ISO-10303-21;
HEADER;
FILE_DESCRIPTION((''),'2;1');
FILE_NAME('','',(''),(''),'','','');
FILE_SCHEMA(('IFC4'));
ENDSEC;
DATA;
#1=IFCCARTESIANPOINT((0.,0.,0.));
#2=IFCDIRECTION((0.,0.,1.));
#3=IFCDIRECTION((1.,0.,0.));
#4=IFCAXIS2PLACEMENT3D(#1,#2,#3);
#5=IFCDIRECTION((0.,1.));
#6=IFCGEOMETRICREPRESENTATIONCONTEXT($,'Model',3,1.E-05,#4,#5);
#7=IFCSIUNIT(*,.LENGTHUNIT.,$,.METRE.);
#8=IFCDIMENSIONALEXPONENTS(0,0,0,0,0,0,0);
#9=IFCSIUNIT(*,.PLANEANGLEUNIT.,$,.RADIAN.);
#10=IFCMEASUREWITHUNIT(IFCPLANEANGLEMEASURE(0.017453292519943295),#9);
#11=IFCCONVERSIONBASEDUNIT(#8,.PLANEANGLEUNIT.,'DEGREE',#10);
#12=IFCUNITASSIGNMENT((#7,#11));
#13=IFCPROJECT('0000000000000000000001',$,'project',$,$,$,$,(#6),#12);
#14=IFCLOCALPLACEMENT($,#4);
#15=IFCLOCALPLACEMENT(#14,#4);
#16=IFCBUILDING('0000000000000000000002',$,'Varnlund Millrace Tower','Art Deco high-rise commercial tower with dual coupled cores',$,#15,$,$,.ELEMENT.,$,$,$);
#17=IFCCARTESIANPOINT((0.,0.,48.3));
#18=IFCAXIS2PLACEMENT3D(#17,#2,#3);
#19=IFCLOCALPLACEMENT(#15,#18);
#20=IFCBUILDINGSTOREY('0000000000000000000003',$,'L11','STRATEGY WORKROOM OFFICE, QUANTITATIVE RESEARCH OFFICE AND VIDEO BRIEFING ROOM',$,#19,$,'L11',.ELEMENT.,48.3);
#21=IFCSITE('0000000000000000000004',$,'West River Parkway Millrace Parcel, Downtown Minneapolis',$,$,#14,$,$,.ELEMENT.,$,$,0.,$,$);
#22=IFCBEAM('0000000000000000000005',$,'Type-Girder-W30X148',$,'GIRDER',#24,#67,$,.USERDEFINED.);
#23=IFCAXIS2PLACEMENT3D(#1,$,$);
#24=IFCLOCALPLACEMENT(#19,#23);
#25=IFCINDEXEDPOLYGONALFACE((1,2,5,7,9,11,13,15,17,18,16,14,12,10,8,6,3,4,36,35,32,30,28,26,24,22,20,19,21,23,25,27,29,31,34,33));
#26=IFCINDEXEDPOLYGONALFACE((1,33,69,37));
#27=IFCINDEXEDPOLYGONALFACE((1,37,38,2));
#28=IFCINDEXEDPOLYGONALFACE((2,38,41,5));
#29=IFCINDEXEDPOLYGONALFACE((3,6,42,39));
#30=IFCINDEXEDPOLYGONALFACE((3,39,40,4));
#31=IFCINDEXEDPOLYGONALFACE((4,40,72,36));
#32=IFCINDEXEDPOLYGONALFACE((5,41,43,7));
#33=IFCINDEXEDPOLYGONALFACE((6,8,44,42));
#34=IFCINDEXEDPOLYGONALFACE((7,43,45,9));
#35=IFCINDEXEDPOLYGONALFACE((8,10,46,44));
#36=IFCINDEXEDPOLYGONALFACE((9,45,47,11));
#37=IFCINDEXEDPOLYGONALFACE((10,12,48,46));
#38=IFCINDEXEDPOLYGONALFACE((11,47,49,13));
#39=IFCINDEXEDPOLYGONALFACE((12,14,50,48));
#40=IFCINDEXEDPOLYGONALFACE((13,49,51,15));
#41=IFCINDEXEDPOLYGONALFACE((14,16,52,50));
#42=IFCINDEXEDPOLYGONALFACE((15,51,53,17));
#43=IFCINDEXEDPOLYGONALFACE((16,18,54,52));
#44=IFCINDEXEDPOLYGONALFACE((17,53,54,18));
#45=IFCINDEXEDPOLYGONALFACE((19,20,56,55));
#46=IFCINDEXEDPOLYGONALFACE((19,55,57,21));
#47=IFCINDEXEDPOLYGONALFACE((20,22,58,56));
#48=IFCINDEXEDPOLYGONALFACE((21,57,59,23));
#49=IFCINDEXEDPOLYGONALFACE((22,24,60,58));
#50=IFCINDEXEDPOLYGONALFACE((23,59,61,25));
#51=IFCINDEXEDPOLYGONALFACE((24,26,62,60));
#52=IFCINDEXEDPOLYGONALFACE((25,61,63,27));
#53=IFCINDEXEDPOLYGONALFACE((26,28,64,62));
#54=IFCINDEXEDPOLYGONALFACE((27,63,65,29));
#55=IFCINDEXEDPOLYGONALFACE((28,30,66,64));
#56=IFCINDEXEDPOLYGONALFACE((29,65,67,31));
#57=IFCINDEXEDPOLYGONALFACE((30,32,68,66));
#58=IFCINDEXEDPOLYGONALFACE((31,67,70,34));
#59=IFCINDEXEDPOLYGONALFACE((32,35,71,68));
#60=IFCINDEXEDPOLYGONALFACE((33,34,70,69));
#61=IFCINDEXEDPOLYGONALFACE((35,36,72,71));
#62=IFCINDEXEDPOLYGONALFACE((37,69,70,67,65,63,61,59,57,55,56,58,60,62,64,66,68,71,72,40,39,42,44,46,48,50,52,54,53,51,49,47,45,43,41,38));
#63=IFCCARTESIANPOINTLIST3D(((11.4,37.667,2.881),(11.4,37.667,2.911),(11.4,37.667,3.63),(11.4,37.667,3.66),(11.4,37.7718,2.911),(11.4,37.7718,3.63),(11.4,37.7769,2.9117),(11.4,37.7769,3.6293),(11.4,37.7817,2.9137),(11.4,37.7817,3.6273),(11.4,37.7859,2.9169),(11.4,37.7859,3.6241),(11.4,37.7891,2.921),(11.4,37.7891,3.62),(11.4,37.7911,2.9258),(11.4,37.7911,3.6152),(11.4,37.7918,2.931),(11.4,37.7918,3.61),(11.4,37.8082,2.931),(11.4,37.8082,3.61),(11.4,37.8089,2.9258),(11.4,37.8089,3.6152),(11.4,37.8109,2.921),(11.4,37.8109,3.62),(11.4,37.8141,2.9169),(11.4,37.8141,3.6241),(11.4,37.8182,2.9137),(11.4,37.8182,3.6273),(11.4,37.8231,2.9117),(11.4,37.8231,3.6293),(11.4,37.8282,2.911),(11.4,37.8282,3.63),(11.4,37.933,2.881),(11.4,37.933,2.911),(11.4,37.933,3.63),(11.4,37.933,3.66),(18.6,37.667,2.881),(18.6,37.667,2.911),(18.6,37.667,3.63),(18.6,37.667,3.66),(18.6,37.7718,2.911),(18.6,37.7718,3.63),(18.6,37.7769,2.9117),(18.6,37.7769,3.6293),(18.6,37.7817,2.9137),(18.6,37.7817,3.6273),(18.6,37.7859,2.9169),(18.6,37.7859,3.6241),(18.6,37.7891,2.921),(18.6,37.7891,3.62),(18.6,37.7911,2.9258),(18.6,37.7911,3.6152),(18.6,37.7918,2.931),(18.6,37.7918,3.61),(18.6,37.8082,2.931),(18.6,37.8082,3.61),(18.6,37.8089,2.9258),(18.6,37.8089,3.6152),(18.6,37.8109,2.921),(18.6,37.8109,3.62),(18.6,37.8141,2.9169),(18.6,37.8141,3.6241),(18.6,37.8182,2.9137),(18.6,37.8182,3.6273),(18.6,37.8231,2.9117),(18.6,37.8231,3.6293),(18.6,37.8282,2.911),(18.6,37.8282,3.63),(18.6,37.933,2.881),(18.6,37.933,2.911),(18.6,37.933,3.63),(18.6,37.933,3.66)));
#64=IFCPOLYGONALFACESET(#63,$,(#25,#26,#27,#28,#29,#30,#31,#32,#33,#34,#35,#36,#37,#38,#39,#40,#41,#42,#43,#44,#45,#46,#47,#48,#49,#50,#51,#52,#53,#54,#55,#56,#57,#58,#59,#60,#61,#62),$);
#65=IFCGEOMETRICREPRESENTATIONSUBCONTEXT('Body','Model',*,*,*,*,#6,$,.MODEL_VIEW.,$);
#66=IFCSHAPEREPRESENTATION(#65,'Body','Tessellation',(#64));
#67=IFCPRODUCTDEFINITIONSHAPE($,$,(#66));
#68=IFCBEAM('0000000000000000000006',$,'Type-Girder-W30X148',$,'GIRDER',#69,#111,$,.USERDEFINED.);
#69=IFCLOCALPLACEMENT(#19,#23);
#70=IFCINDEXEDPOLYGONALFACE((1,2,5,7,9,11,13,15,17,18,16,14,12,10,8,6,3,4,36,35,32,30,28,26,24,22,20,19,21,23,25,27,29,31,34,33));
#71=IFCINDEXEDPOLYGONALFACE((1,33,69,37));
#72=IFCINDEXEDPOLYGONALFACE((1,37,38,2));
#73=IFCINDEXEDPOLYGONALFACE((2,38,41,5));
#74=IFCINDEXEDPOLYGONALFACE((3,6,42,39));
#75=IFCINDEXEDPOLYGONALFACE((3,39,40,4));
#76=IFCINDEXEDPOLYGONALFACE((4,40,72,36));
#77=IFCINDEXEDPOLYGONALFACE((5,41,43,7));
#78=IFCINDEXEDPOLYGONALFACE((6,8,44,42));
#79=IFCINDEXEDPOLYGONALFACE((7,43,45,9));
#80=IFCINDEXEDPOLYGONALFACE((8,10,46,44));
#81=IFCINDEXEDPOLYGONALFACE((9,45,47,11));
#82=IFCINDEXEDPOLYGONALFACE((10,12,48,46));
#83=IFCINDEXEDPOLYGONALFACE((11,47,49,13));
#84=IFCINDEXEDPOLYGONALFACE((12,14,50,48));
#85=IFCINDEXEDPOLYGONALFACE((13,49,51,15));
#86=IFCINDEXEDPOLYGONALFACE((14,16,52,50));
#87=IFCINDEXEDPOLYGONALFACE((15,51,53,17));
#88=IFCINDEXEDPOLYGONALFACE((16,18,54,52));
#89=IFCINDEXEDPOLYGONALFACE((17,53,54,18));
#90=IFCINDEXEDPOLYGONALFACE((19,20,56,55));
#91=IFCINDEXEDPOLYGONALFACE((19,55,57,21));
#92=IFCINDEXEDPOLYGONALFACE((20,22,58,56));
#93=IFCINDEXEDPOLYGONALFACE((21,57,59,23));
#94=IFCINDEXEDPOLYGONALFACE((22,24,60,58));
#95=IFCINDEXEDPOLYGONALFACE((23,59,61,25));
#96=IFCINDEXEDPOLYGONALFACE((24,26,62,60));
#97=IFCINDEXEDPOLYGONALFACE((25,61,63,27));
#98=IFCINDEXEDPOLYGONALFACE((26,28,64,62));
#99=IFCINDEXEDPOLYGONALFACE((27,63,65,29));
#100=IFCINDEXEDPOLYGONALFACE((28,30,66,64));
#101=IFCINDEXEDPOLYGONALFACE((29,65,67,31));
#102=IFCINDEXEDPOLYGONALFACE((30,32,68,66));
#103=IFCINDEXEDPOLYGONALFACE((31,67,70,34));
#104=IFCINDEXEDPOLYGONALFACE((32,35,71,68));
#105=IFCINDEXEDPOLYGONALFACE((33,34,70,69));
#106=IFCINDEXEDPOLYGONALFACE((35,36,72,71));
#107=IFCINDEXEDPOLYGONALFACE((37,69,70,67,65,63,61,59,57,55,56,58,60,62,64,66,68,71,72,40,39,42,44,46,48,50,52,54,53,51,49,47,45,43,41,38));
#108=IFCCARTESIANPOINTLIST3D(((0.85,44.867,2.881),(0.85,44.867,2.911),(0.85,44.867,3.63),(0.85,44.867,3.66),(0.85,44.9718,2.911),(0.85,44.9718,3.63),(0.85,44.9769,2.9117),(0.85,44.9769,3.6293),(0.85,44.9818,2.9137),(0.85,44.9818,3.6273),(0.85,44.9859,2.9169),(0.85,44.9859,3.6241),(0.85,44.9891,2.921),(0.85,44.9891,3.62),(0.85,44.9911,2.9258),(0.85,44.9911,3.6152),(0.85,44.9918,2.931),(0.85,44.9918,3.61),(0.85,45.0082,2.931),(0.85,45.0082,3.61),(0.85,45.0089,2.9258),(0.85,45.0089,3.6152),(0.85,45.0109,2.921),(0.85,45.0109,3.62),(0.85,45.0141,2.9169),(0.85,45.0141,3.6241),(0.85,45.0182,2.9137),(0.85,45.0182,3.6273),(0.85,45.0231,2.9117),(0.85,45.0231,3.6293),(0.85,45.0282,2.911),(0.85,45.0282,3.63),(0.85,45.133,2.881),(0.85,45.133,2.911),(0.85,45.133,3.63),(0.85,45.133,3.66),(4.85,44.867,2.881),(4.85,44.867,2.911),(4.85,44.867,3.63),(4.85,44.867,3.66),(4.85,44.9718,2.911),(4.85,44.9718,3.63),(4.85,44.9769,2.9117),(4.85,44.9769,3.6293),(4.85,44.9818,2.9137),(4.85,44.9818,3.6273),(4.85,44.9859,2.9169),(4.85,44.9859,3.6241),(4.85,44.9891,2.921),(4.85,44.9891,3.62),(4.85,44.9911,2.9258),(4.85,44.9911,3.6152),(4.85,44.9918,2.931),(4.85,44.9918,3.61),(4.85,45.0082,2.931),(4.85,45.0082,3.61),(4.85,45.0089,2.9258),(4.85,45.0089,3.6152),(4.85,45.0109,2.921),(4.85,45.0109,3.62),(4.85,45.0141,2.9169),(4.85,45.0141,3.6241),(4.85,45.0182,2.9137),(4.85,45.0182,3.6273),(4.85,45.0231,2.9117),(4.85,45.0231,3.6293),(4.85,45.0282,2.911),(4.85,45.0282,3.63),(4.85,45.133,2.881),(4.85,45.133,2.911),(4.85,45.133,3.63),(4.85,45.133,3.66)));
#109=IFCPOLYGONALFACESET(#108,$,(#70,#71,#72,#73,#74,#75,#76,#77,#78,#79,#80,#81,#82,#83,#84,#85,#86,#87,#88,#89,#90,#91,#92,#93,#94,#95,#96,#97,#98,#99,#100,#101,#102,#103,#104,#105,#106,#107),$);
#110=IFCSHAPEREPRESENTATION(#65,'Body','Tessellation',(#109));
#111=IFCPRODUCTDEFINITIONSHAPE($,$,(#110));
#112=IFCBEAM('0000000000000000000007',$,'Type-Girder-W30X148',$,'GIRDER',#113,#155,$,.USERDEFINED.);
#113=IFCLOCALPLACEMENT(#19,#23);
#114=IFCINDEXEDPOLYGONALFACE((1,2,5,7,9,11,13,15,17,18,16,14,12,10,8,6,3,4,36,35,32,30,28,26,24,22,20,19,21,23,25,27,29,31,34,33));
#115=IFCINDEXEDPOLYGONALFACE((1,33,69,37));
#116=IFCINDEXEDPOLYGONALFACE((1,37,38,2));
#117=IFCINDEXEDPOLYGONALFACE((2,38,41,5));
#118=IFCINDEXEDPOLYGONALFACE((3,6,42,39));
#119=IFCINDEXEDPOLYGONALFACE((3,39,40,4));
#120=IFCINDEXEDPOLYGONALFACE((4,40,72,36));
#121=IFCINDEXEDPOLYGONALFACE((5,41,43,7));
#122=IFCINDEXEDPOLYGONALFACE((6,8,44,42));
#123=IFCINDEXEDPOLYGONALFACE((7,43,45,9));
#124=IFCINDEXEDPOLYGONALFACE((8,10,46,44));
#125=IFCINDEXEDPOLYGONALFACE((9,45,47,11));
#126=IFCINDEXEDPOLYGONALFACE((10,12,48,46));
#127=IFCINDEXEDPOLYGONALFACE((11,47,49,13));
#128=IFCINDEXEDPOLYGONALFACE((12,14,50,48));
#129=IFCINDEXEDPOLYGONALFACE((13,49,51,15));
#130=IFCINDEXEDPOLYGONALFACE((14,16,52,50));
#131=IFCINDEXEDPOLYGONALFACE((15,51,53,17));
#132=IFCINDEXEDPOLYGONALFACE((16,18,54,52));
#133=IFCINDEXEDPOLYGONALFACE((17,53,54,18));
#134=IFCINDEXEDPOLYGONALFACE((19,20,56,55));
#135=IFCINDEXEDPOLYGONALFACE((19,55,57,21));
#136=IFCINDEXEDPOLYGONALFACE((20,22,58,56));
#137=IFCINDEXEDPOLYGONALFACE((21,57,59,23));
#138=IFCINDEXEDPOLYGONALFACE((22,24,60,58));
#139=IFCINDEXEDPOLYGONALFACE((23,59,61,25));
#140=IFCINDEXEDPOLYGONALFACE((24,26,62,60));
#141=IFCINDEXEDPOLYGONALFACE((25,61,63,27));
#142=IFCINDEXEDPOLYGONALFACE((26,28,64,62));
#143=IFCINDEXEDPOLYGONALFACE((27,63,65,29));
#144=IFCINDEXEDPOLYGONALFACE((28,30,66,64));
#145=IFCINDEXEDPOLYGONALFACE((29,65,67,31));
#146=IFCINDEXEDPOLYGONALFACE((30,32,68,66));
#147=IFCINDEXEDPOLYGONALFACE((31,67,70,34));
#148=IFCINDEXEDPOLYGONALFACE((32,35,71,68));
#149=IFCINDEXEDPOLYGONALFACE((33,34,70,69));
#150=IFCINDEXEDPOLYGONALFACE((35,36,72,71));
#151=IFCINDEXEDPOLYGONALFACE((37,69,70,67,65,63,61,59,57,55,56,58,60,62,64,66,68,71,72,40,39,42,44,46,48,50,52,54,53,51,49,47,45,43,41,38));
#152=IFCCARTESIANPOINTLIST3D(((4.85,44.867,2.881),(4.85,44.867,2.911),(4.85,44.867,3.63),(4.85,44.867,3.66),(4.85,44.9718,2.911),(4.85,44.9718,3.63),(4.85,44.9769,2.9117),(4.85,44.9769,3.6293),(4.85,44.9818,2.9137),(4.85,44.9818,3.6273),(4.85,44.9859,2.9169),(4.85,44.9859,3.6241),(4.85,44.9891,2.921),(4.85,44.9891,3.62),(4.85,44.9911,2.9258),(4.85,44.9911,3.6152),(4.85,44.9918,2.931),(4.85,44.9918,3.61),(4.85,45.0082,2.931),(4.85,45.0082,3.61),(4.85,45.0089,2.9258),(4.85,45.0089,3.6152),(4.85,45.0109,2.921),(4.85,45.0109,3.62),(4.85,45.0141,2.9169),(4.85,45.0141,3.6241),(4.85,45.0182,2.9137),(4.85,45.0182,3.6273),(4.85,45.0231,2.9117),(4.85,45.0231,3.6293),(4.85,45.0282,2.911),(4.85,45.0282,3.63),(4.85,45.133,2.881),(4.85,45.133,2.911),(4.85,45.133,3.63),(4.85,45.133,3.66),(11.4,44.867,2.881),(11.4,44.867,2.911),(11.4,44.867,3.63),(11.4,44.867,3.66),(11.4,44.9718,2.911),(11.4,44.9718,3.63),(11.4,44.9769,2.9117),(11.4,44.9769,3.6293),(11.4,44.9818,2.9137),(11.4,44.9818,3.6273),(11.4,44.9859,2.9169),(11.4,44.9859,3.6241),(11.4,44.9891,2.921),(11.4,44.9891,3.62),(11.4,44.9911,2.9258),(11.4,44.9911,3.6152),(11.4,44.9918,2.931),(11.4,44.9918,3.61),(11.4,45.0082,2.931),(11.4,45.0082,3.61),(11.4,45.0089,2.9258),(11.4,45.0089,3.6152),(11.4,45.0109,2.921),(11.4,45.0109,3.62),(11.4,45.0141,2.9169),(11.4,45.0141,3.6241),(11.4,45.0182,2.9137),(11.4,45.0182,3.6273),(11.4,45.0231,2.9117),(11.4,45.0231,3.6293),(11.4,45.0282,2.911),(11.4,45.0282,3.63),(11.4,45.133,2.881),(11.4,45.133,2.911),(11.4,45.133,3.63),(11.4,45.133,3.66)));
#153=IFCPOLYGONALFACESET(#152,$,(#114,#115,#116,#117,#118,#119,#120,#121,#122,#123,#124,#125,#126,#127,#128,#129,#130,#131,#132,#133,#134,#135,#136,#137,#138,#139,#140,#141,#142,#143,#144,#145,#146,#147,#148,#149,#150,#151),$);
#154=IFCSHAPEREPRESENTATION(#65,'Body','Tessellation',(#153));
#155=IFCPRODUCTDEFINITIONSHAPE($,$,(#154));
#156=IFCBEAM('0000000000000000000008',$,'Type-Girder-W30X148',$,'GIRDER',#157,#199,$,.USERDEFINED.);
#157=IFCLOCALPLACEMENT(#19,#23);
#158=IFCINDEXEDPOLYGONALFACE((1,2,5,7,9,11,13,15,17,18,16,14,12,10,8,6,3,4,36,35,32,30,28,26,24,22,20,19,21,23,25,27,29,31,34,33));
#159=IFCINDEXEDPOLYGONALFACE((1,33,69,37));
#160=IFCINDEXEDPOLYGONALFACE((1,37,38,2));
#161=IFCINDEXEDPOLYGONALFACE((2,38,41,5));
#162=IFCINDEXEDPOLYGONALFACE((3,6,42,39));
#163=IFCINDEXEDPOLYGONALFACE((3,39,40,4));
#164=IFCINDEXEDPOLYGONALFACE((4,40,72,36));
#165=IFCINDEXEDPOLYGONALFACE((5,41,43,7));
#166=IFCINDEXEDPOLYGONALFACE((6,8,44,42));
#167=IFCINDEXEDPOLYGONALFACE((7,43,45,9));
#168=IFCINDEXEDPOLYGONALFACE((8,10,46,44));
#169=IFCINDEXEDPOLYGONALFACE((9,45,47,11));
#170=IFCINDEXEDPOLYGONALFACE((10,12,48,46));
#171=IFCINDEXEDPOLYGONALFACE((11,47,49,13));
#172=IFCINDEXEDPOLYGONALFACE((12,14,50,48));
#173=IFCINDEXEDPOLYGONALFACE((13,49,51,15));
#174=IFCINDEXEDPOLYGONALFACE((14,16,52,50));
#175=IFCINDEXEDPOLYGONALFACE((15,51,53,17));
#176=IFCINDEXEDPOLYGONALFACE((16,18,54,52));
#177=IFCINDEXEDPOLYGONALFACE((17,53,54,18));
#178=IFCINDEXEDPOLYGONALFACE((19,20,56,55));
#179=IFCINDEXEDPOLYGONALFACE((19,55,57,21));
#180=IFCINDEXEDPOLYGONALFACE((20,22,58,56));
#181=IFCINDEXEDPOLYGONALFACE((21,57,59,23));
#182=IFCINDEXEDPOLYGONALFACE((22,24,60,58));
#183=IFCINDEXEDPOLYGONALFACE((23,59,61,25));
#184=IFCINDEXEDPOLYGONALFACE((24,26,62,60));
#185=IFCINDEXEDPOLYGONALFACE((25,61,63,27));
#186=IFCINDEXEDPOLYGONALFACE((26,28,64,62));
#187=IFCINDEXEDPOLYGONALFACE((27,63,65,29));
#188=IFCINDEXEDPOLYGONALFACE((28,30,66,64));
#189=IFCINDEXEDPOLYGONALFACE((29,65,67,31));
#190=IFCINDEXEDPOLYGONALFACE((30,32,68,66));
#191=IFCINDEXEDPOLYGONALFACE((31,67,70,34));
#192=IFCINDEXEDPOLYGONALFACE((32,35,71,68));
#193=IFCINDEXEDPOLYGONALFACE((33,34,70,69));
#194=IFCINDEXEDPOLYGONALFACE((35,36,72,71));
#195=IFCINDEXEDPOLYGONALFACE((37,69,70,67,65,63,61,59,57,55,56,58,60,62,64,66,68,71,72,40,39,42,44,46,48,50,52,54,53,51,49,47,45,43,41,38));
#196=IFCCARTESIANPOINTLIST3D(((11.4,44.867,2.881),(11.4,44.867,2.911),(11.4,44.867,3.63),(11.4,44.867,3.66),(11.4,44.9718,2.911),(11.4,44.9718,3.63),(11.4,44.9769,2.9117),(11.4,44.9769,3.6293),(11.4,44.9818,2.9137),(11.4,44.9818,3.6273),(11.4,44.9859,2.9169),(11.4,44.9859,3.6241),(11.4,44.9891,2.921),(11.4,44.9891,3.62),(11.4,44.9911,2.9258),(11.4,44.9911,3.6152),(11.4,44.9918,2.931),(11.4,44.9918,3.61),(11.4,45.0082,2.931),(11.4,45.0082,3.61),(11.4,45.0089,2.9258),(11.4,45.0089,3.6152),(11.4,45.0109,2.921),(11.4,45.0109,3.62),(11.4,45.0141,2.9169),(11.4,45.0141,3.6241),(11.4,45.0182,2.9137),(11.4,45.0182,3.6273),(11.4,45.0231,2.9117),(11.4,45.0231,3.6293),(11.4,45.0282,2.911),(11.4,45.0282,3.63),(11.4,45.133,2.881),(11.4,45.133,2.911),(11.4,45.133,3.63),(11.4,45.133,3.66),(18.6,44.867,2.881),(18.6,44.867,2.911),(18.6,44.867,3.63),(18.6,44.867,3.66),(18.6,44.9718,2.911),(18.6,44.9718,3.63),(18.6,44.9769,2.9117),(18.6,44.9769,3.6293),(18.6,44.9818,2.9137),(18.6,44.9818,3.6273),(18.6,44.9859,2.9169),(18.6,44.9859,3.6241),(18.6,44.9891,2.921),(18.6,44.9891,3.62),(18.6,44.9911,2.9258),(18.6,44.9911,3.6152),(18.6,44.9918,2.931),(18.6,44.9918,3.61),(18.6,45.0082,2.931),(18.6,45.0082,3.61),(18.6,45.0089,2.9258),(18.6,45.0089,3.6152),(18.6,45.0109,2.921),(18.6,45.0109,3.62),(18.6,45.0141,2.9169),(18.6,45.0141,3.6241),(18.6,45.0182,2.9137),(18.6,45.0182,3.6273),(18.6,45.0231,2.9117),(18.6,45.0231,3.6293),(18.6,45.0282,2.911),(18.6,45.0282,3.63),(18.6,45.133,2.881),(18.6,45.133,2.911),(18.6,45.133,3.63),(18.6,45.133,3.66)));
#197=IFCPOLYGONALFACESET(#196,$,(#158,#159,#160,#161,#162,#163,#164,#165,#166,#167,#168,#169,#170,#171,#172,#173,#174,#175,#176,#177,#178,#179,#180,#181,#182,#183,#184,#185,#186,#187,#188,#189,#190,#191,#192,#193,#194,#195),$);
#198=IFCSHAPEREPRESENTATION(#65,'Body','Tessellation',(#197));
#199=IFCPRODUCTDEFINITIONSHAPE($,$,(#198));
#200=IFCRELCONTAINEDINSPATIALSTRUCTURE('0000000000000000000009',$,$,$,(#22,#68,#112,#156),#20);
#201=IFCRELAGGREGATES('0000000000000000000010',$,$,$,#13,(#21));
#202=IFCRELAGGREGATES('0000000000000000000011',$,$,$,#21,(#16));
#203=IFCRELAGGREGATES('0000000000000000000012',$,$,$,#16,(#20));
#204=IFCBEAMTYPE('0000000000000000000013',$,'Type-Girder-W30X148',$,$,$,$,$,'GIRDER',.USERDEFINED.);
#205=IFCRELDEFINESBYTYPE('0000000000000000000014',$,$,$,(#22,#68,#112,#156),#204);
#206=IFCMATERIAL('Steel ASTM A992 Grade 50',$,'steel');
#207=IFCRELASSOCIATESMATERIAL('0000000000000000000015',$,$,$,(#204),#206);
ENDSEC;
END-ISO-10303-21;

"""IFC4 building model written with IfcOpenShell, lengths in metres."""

from ifc_helpers import new_model, entity, si_unit, converted_unit, direction, frame, origin_with_axes, origin_2d_with_axis, place, context, subcontext, project, spatial, i_section, extrude, material, material_profile, profile_set, type_object, element, save


model = new_model("IFC4")

# Units and contexts
model_context = context("Model", 3, precision=1e-05, world=origin_with_axes(), true_north=direction((0.0, 1.0)))
body_context = subcontext(model_context, "Body", "Model", "MODEL_VIEW")
ifc_project = project(units=[si_unit("LENGTHUNIT", "METRE"), converted_unit("PLANEANGLEUNIT", "DEGREE", entity("IfcPlaneAngleMeasure", 0.017453292519943295), si_unit("PLANEANGLEUNIT", "RADIAN"), dimensions=[0, 0, 0, 0, 0, 0, 0])], contexts=[model_context])

# Site, building, storey
site_placement = place(None, origin_with_axes())
site = spatial("IfcSite", under=ifc_project, at=site_placement, Name="West River Parkway Millrace Parcel, Downtown Minneapolis", CompositionType="ELEMENT", RefElevation=0.0)
building_placement = place(site_placement, origin_with_axes())
building = spatial("IfcBuilding", under=site, at=building_placement, Name="Varnlund Millrace Tower", Description="Art Deco high-rise commercial tower with dual coupled cores", CompositionType="ELEMENT")
storey_placement = place(building_placement, frame((0.0, 0.0, 48.3), z_axis=(0.0, 0.0, 1.0), x_axis=(1.0, 0.0, 0.0)))
storey = spatial("IfcBuildingStorey", under=building, at=storey_placement, Name="L11", Description="STRATEGY WORKROOM OFFICE, QUANTITATIVE RESEARCH OFFICE AND VIDEO BRIEFING ROOM", LongName="L11", CompositionType="ELEMENT", Elevation=48.3)

# Beams
ifc_material_1 = material(Name="Steel ASTM A992 Grade 50", Category="steel")
ifc_material_profile_1 = material_profile(ifc_material_1, i_section(OverallWidth=0.266, OverallDepth=0.779, WebThickness=0.0165, FlangeThickness=0.03, FilletRadius=0.02, at=origin_2d_with_axis()), Name="Steel ASTM A992 Grade 50")
ifc_profile_set_1 = profile_set([ifc_material_profile_1], Name="Steel ASTM A992 Grade 50")
beam_type_1 = type_object("IfcBeamType", Name="Type-Girder-W30X148", ElementType="GIRDER", PredefinedType="USERDEFINED", material=ifc_profile_set_1)
beam_1_placement = place(storey_placement, frame((11.4, 37.8, 3.2705), z_axis=(1.0, 0.0, 0.0), x_axis=(0.0, 1.0, 0.0)))
element("IfcBeam", 1, at=beam_1_placement, inside=storey, type_object=beam_type_1, Name="Type-Girder-W30X148", ObjectType="GIRDER", PredefinedType="USERDEFINED", context=body_context, shape_type="SweptSolid", body=[
    extrude(i_section(OverallWidth=0.266, OverallDepth=0.779, WebThickness=0.0165, FlangeThickness=0.03, FilletRadius=0.02, at=origin_2d_with_axis()), origin_with_axes(), (0.0, 0.0, 1.0), 7.2),
])
beam_2_placement = place(storey_placement, frame((0.85, 45.0, 3.2705), z_axis=(1.0, 0.0, 0.0), x_axis=(0.0, 1.0, 0.0)))
element("IfcBeam", 2, at=beam_2_placement, inside=storey, type_object=beam_type_1, Name="Type-Girder-W30X148", ObjectType="GIRDER", PredefinedType="USERDEFINED", context=body_context, shape_type="SweptSolid", body=[
    extrude(i_section(OverallWidth=0.266, OverallDepth=0.779, WebThickness=0.0165, FlangeThickness=0.03, FilletRadius=0.02, at=origin_2d_with_axis()), origin_with_axes(), (0.0, 0.0, 1.0), 4.0),
])
beam_3_placement = place(storey_placement, frame((4.85, 45.0, 3.2705), z_axis=(1.0, 0.0, 0.0), x_axis=(0.0, 1.0, 0.0)))
element("IfcBeam", 3, at=beam_3_placement, inside=storey, type_object=beam_type_1, Name="Type-Girder-W30X148", ObjectType="GIRDER", PredefinedType="USERDEFINED", context=body_context, shape_type="SweptSolid", body=[
    extrude(i_section(OverallWidth=0.266, OverallDepth=0.779, WebThickness=0.0165, FlangeThickness=0.03, FilletRadius=0.02, at=origin_2d_with_axis()), origin_with_axes(), (0.0, 0.0, 1.0), 6.55),
])
beam_4_placement = place(storey_placement, frame((11.4, 45.0, 3.2705), z_axis=(1.0, 0.0, 0.0), x_axis=(0.0, 1.0, 0.0)))
element("IfcBeam", 4, at=beam_4_placement, inside=storey, type_object=beam_type_1, Name="Type-Girder-W30X148", ObjectType="GIRDER", PredefinedType="USERDEFINED", context=body_context, shape_type="SweptSolid", body=[
    extrude(i_section(OverallWidth=0.266, OverallDepth=0.779, WebThickness=0.0165, FlangeThickness=0.03, FilletRadius=0.02, at=origin_2d_with_axis()), origin_with_axes(), (0.0, 0.0, 1.0), 7.2),
])

save(model, "model.ifc")
